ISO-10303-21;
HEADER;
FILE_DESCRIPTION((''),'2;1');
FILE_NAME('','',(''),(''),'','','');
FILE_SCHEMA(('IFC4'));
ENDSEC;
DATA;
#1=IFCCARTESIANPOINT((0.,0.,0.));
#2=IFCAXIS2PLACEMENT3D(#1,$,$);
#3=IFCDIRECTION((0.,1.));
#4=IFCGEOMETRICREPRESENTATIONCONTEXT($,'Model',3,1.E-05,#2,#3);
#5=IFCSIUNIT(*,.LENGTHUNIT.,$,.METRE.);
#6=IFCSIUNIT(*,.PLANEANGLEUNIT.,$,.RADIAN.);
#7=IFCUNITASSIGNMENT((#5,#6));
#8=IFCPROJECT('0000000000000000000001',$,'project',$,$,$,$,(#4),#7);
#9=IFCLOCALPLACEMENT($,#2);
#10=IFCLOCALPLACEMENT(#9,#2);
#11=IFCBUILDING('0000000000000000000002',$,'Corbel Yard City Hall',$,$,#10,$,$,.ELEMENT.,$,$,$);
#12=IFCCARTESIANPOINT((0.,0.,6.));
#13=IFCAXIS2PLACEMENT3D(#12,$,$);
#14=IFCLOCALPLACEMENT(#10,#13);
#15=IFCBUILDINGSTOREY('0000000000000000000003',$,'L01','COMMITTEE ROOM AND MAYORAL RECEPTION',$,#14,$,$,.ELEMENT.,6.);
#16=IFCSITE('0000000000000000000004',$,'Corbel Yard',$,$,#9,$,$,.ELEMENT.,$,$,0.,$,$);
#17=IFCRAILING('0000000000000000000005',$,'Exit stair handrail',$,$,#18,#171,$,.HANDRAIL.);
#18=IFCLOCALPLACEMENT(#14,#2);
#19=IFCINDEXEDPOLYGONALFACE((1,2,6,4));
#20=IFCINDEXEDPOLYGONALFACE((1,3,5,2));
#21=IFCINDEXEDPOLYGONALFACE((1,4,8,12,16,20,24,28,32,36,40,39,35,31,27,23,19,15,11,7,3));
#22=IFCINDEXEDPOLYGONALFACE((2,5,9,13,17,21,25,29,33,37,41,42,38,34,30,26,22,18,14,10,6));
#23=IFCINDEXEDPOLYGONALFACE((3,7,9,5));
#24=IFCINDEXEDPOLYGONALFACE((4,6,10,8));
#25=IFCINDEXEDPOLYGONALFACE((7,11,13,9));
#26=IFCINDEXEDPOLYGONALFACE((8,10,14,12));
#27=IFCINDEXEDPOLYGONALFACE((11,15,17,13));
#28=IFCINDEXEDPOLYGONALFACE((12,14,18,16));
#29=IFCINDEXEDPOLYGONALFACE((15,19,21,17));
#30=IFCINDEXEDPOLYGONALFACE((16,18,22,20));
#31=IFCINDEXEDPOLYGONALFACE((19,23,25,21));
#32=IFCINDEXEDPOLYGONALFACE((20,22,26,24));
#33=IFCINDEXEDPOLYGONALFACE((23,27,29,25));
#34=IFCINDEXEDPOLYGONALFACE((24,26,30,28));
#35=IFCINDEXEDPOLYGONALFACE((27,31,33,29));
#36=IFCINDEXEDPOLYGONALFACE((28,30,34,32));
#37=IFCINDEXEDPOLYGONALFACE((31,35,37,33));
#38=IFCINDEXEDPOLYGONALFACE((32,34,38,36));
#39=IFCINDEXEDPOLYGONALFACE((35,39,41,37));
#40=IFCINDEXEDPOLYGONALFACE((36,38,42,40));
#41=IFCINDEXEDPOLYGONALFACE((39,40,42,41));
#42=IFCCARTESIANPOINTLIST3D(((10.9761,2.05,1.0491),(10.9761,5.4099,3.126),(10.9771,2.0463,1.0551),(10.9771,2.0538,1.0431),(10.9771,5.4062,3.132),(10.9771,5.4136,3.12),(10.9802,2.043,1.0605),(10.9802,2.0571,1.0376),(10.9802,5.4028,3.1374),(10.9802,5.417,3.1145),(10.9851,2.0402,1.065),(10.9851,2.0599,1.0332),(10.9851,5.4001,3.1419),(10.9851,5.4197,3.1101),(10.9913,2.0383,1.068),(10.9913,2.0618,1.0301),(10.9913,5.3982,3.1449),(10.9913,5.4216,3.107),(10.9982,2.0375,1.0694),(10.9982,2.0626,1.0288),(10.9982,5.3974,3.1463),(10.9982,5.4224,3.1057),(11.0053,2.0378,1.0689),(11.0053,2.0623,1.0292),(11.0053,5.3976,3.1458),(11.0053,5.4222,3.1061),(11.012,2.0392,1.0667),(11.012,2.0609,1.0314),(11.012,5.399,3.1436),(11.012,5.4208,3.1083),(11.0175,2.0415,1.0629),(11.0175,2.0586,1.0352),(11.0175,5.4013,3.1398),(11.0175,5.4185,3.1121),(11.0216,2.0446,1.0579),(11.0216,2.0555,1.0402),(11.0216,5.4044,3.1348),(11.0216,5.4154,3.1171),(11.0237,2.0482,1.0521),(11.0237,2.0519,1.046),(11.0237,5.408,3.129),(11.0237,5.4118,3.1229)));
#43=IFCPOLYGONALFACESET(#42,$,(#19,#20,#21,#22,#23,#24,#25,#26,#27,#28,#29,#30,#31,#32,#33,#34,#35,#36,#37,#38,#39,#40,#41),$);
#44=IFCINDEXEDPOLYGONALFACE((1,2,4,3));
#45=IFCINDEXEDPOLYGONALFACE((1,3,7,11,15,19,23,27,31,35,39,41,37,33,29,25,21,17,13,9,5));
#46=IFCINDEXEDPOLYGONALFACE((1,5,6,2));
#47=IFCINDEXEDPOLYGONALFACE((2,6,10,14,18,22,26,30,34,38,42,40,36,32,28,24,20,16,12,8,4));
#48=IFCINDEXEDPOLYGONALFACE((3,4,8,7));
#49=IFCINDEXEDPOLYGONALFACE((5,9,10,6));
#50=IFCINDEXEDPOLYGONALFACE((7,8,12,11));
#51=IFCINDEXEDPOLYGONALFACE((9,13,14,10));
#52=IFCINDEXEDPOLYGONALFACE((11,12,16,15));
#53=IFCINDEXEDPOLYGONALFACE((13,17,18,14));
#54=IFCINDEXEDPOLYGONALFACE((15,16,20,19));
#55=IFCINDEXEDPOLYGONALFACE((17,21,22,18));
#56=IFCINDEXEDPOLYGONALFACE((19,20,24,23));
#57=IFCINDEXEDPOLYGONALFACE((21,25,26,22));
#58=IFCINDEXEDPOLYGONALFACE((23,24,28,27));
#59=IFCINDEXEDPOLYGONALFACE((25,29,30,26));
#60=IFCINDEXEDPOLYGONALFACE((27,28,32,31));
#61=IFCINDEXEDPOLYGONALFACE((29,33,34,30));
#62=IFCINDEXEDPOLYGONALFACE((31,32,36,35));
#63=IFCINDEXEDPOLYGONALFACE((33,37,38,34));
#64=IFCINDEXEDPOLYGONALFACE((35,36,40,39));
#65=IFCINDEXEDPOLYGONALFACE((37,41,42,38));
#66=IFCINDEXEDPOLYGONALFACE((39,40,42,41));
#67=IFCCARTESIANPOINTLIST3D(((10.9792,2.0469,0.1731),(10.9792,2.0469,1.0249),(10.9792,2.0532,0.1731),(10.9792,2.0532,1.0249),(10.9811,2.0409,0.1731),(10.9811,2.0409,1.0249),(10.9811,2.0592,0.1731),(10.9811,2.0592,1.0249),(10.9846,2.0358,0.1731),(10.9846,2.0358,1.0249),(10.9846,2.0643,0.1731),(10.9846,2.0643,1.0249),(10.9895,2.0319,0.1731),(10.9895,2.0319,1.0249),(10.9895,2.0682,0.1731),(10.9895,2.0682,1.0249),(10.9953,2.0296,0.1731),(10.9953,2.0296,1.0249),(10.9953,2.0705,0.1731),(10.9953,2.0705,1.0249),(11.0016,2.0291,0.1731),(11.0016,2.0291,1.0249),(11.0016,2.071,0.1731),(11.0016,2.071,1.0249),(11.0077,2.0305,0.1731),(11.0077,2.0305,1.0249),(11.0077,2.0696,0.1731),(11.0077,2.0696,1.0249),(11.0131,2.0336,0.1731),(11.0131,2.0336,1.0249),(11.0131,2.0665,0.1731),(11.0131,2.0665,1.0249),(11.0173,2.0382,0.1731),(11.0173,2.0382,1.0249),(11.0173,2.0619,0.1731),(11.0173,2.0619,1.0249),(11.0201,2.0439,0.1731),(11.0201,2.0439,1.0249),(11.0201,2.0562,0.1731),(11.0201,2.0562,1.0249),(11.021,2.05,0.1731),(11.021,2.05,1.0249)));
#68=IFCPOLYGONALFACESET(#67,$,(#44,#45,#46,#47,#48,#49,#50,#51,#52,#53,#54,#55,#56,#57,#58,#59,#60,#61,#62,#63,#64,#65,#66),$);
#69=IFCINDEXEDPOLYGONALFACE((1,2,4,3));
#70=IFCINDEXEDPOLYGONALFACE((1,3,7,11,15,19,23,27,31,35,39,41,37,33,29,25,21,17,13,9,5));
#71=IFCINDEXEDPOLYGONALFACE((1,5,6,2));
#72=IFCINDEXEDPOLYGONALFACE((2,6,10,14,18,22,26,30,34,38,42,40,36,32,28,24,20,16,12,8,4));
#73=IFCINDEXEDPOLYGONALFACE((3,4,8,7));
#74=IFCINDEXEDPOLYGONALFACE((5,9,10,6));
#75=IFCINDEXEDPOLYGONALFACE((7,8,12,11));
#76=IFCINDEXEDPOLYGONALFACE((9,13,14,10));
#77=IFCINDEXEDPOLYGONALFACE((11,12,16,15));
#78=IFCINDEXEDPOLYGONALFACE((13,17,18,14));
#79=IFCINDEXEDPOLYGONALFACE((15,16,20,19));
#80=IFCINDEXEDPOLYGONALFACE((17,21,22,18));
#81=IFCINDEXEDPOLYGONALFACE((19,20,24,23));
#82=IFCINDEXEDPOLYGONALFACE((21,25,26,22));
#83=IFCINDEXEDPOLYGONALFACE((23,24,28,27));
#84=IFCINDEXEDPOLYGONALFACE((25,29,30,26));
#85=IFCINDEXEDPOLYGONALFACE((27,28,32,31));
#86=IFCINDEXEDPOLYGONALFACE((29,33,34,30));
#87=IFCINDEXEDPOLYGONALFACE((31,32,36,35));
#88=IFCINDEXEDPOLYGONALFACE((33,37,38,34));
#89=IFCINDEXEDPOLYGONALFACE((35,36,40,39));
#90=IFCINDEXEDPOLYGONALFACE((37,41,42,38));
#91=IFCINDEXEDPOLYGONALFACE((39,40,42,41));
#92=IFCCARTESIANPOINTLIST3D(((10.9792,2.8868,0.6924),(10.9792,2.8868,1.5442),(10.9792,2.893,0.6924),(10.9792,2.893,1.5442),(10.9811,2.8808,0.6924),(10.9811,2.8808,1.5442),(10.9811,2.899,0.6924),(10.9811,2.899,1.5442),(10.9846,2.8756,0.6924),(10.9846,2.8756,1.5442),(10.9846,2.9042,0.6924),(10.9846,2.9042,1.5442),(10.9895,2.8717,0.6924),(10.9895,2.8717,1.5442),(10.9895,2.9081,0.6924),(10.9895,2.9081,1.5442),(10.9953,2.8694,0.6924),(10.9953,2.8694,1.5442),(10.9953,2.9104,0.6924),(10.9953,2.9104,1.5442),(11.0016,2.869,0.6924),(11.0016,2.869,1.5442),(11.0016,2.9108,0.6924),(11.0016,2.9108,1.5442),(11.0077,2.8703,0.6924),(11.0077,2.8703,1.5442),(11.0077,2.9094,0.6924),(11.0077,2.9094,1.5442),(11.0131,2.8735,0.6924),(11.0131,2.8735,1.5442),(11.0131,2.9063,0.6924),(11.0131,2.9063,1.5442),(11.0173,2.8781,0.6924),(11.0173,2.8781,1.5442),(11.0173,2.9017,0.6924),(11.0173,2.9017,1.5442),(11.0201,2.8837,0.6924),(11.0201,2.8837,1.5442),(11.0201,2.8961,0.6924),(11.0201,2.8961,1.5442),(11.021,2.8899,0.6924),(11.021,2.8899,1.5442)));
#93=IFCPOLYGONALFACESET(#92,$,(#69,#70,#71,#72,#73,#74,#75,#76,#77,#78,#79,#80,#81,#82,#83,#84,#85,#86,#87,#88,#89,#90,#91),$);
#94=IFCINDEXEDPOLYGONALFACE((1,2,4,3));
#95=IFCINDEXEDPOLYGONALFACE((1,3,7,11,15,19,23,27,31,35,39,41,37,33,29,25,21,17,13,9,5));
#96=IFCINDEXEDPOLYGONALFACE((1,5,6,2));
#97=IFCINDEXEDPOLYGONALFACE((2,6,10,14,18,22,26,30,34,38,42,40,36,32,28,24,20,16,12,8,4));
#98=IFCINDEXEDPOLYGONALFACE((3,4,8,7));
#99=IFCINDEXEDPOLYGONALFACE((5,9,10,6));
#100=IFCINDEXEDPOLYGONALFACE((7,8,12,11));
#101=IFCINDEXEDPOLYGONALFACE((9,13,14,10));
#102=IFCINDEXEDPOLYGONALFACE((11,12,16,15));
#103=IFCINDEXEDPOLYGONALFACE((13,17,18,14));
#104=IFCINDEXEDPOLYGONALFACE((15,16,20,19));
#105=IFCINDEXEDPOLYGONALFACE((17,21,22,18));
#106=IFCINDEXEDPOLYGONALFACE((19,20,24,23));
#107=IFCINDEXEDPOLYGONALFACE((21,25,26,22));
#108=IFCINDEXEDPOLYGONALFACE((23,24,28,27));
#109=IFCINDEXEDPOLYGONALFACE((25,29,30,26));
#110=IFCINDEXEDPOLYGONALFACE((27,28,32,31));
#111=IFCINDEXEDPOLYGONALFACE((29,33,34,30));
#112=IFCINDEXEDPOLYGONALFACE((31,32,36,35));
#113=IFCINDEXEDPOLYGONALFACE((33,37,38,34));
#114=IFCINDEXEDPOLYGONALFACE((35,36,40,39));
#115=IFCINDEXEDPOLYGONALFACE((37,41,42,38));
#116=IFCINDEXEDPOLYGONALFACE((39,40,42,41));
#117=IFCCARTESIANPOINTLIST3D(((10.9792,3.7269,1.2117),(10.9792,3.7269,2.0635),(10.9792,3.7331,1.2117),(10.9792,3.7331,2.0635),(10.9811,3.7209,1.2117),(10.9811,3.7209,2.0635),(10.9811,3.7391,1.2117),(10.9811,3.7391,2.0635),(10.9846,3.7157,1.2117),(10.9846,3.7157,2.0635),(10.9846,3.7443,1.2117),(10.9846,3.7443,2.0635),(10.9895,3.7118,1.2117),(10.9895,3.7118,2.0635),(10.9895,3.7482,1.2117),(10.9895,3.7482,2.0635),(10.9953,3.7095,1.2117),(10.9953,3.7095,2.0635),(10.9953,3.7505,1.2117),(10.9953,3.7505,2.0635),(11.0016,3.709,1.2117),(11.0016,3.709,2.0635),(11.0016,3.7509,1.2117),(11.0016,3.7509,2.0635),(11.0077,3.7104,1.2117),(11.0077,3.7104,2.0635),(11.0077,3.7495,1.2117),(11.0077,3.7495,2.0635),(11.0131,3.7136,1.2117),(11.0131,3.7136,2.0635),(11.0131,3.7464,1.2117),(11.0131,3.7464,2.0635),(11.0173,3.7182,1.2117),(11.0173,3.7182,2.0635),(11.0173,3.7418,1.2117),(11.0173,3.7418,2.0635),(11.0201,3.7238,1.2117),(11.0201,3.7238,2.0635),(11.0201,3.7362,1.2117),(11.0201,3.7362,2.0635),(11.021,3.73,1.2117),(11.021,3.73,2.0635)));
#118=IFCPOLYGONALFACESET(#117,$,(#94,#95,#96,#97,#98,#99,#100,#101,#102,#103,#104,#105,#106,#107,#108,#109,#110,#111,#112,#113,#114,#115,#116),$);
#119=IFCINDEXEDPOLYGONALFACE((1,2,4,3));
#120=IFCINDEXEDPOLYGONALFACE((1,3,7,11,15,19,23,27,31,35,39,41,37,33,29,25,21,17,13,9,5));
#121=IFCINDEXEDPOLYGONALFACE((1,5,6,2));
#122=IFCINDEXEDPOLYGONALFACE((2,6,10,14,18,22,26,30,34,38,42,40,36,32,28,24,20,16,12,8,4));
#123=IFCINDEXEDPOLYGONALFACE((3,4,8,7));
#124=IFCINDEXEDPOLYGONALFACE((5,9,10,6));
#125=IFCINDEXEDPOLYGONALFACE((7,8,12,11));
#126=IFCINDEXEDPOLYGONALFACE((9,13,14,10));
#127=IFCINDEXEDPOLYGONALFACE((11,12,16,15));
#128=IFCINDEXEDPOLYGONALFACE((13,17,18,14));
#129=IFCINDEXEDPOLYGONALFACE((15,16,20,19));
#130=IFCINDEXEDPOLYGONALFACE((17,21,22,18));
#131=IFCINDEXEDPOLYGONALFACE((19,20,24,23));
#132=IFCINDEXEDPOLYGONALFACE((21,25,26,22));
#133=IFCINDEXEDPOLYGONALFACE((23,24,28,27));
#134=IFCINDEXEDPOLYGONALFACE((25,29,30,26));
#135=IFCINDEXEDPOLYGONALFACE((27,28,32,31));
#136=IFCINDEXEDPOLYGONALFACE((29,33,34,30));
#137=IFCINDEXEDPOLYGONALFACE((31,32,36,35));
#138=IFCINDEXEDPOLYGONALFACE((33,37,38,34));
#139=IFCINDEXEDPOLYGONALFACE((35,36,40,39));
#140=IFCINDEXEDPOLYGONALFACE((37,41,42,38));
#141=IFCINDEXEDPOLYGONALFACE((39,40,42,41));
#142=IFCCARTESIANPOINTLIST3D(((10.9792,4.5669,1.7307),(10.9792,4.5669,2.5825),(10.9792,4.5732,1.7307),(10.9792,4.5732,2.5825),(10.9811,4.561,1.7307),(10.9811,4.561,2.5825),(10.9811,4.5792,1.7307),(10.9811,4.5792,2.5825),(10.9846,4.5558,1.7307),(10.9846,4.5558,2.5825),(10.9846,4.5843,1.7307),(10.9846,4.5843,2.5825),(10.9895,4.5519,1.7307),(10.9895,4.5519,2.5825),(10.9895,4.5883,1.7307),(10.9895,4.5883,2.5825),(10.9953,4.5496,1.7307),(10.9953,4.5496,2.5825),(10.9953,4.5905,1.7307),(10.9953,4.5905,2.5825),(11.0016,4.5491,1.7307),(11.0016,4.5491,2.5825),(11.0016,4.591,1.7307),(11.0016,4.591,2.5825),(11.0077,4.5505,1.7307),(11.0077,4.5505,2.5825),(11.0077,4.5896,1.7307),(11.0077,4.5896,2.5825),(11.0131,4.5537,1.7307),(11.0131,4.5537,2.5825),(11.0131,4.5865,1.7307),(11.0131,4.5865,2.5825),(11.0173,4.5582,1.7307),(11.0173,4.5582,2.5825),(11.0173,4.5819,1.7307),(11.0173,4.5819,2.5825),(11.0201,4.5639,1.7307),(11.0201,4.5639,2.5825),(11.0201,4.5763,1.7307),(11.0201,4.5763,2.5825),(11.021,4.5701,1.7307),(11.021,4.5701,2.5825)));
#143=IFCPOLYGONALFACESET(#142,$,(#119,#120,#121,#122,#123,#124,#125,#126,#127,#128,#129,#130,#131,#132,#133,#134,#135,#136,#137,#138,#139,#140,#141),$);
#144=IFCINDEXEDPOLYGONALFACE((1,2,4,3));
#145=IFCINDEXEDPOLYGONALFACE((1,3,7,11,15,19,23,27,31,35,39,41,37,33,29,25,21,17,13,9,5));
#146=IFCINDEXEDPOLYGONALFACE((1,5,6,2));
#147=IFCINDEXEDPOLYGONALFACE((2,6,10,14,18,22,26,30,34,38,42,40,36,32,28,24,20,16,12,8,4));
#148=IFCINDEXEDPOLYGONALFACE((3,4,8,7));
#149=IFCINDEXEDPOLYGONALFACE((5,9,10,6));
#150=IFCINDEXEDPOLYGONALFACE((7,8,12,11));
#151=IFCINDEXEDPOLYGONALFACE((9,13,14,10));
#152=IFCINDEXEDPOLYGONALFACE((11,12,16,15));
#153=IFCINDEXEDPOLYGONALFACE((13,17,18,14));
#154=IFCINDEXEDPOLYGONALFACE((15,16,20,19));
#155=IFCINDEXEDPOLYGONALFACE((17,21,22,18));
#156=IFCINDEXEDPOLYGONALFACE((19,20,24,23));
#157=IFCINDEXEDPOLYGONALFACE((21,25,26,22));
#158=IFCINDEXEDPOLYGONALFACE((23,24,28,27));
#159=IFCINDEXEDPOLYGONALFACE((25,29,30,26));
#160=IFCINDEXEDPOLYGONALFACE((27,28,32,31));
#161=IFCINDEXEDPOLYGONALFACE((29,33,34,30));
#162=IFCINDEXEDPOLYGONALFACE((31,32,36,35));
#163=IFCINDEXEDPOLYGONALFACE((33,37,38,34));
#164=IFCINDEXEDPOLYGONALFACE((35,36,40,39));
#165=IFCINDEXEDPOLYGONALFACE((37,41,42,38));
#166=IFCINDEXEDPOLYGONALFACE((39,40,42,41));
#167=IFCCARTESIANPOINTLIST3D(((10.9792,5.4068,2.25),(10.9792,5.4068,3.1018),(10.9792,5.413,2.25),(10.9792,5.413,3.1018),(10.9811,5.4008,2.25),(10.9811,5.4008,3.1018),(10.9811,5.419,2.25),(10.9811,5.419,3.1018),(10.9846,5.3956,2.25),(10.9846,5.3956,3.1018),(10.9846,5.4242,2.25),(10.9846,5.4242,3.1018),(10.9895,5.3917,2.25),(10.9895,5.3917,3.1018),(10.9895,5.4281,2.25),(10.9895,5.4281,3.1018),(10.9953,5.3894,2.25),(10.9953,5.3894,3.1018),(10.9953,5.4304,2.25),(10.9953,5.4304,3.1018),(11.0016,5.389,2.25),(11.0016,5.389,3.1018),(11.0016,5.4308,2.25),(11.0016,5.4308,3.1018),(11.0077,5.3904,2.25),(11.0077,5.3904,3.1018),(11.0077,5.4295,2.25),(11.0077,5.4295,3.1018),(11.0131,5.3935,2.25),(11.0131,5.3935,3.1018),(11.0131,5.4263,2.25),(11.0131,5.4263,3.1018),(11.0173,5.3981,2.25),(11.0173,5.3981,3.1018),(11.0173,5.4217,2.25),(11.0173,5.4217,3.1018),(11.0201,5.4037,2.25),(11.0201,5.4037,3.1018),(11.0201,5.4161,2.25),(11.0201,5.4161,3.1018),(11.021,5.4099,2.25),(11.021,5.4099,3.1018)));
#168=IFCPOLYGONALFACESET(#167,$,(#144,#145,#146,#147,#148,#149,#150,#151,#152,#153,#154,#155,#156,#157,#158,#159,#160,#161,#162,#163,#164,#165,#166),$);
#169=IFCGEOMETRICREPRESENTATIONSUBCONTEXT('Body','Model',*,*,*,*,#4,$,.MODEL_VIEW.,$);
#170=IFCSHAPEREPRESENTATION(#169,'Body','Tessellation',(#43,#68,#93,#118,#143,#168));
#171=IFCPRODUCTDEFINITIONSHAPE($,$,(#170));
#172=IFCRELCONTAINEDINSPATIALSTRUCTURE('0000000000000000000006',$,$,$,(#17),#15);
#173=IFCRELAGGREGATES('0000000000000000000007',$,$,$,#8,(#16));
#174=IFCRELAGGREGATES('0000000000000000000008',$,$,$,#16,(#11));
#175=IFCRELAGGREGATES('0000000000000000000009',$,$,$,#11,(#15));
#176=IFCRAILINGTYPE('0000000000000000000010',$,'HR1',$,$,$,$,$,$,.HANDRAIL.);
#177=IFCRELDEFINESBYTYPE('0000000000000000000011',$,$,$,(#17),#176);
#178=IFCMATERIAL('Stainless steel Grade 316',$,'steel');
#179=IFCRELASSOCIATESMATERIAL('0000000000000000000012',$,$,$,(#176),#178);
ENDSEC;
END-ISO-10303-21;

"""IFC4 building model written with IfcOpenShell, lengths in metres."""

from ifc_helpers import new_model, si_unit, direction, frame, origin, origin_2d, place, context, subcontext, project, spatial, circle, extrude, material, type_object, element, save


model = new_model("IFC4")

# Units and contexts
model_context = context("Model", 3, precision=1e-05, world=origin(), true_north=direction((0.0, 1.0)))
body_context = subcontext(model_context, "Body", "Model", "MODEL_VIEW")
ifc_project = project(units=[si_unit("LENGTHUNIT", "METRE"), si_unit("PLANEANGLEUNIT", "RADIAN")], contexts=[model_context])

# Site, building, storey
site_placement = place(None, origin())
site = spatial("IfcSite", under=ifc_project, at=site_placement, Name="Corbel Yard", CompositionType="ELEMENT", RefElevation=0.0)
building_placement = place(site_placement, origin())
building = spatial("IfcBuilding", under=site, at=building_placement, Name="Corbel Yard City Hall", CompositionType="ELEMENT")
storey_placement = place(building_placement, frame((0.0, 0.0, 6.0)))
storey = spatial("IfcBuildingStorey", under=building, at=storey_placement, Name="L01", Description="COMMITTEE ROOM AND MAYORAL RECEPTION", CompositionType="ELEMENT", Elevation=6.0)

# Shared definitions
ifc_material_1 = material(Name="Stainless steel Grade 316", Category="steel")

# Railing
railing_type_1 = type_object("IfcRailingType", Name="HR1", PredefinedType="HANDRAIL", material=ifc_material_1)
for number, where, name in (
    (1, (11.0, 2.05, 0.1731), "Exit stair handrail"),
):
    element("IfcRailing", number, at=place(storey_placement, frame(where)), inside=storey, type_object=railing_type_1, Name=name, PredefinedType="HANDRAIL", context=body_context, shape_type="SweptSolid", body=[
        extrude(circle(Radius=0.0239, at=origin_2d()), frame((0.0, 0.0, 0.876), z_axis=(0.0, 0.850606, 0.525803), x_axis=(-1.0, 0.0, 0.0)), (0.0, 0.0, 1.0), 3.95),
        extrude(circle(Radius=0.021, at=origin_2d()), origin(), (0.0, 0.0, 1.0), 0.8518),
        extrude(circle(Radius=0.021, at=origin_2d()), frame((0.0, 0.8398, 0.5193)), (0.0, 0.0, 1.0), 0.8518),
        extrude(circle(Radius=0.021, at=origin_2d()), frame((0.0, 1.6799, 1.0386)), (0.0, 0.0, 1.0), 0.8518),
        extrude(circle(Radius=0.021, at=origin_2d()), frame((0.0, 2.52, 1.5576)), (0.0, 0.0, 1.0), 0.8518),
        extrude(circle(Radius=0.021, at=origin_2d()), frame((0.0, 3.3599, 2.0769)), (0.0, 0.0, 1.0), 0.8518),
    ])

save(model, "model.ifc")
